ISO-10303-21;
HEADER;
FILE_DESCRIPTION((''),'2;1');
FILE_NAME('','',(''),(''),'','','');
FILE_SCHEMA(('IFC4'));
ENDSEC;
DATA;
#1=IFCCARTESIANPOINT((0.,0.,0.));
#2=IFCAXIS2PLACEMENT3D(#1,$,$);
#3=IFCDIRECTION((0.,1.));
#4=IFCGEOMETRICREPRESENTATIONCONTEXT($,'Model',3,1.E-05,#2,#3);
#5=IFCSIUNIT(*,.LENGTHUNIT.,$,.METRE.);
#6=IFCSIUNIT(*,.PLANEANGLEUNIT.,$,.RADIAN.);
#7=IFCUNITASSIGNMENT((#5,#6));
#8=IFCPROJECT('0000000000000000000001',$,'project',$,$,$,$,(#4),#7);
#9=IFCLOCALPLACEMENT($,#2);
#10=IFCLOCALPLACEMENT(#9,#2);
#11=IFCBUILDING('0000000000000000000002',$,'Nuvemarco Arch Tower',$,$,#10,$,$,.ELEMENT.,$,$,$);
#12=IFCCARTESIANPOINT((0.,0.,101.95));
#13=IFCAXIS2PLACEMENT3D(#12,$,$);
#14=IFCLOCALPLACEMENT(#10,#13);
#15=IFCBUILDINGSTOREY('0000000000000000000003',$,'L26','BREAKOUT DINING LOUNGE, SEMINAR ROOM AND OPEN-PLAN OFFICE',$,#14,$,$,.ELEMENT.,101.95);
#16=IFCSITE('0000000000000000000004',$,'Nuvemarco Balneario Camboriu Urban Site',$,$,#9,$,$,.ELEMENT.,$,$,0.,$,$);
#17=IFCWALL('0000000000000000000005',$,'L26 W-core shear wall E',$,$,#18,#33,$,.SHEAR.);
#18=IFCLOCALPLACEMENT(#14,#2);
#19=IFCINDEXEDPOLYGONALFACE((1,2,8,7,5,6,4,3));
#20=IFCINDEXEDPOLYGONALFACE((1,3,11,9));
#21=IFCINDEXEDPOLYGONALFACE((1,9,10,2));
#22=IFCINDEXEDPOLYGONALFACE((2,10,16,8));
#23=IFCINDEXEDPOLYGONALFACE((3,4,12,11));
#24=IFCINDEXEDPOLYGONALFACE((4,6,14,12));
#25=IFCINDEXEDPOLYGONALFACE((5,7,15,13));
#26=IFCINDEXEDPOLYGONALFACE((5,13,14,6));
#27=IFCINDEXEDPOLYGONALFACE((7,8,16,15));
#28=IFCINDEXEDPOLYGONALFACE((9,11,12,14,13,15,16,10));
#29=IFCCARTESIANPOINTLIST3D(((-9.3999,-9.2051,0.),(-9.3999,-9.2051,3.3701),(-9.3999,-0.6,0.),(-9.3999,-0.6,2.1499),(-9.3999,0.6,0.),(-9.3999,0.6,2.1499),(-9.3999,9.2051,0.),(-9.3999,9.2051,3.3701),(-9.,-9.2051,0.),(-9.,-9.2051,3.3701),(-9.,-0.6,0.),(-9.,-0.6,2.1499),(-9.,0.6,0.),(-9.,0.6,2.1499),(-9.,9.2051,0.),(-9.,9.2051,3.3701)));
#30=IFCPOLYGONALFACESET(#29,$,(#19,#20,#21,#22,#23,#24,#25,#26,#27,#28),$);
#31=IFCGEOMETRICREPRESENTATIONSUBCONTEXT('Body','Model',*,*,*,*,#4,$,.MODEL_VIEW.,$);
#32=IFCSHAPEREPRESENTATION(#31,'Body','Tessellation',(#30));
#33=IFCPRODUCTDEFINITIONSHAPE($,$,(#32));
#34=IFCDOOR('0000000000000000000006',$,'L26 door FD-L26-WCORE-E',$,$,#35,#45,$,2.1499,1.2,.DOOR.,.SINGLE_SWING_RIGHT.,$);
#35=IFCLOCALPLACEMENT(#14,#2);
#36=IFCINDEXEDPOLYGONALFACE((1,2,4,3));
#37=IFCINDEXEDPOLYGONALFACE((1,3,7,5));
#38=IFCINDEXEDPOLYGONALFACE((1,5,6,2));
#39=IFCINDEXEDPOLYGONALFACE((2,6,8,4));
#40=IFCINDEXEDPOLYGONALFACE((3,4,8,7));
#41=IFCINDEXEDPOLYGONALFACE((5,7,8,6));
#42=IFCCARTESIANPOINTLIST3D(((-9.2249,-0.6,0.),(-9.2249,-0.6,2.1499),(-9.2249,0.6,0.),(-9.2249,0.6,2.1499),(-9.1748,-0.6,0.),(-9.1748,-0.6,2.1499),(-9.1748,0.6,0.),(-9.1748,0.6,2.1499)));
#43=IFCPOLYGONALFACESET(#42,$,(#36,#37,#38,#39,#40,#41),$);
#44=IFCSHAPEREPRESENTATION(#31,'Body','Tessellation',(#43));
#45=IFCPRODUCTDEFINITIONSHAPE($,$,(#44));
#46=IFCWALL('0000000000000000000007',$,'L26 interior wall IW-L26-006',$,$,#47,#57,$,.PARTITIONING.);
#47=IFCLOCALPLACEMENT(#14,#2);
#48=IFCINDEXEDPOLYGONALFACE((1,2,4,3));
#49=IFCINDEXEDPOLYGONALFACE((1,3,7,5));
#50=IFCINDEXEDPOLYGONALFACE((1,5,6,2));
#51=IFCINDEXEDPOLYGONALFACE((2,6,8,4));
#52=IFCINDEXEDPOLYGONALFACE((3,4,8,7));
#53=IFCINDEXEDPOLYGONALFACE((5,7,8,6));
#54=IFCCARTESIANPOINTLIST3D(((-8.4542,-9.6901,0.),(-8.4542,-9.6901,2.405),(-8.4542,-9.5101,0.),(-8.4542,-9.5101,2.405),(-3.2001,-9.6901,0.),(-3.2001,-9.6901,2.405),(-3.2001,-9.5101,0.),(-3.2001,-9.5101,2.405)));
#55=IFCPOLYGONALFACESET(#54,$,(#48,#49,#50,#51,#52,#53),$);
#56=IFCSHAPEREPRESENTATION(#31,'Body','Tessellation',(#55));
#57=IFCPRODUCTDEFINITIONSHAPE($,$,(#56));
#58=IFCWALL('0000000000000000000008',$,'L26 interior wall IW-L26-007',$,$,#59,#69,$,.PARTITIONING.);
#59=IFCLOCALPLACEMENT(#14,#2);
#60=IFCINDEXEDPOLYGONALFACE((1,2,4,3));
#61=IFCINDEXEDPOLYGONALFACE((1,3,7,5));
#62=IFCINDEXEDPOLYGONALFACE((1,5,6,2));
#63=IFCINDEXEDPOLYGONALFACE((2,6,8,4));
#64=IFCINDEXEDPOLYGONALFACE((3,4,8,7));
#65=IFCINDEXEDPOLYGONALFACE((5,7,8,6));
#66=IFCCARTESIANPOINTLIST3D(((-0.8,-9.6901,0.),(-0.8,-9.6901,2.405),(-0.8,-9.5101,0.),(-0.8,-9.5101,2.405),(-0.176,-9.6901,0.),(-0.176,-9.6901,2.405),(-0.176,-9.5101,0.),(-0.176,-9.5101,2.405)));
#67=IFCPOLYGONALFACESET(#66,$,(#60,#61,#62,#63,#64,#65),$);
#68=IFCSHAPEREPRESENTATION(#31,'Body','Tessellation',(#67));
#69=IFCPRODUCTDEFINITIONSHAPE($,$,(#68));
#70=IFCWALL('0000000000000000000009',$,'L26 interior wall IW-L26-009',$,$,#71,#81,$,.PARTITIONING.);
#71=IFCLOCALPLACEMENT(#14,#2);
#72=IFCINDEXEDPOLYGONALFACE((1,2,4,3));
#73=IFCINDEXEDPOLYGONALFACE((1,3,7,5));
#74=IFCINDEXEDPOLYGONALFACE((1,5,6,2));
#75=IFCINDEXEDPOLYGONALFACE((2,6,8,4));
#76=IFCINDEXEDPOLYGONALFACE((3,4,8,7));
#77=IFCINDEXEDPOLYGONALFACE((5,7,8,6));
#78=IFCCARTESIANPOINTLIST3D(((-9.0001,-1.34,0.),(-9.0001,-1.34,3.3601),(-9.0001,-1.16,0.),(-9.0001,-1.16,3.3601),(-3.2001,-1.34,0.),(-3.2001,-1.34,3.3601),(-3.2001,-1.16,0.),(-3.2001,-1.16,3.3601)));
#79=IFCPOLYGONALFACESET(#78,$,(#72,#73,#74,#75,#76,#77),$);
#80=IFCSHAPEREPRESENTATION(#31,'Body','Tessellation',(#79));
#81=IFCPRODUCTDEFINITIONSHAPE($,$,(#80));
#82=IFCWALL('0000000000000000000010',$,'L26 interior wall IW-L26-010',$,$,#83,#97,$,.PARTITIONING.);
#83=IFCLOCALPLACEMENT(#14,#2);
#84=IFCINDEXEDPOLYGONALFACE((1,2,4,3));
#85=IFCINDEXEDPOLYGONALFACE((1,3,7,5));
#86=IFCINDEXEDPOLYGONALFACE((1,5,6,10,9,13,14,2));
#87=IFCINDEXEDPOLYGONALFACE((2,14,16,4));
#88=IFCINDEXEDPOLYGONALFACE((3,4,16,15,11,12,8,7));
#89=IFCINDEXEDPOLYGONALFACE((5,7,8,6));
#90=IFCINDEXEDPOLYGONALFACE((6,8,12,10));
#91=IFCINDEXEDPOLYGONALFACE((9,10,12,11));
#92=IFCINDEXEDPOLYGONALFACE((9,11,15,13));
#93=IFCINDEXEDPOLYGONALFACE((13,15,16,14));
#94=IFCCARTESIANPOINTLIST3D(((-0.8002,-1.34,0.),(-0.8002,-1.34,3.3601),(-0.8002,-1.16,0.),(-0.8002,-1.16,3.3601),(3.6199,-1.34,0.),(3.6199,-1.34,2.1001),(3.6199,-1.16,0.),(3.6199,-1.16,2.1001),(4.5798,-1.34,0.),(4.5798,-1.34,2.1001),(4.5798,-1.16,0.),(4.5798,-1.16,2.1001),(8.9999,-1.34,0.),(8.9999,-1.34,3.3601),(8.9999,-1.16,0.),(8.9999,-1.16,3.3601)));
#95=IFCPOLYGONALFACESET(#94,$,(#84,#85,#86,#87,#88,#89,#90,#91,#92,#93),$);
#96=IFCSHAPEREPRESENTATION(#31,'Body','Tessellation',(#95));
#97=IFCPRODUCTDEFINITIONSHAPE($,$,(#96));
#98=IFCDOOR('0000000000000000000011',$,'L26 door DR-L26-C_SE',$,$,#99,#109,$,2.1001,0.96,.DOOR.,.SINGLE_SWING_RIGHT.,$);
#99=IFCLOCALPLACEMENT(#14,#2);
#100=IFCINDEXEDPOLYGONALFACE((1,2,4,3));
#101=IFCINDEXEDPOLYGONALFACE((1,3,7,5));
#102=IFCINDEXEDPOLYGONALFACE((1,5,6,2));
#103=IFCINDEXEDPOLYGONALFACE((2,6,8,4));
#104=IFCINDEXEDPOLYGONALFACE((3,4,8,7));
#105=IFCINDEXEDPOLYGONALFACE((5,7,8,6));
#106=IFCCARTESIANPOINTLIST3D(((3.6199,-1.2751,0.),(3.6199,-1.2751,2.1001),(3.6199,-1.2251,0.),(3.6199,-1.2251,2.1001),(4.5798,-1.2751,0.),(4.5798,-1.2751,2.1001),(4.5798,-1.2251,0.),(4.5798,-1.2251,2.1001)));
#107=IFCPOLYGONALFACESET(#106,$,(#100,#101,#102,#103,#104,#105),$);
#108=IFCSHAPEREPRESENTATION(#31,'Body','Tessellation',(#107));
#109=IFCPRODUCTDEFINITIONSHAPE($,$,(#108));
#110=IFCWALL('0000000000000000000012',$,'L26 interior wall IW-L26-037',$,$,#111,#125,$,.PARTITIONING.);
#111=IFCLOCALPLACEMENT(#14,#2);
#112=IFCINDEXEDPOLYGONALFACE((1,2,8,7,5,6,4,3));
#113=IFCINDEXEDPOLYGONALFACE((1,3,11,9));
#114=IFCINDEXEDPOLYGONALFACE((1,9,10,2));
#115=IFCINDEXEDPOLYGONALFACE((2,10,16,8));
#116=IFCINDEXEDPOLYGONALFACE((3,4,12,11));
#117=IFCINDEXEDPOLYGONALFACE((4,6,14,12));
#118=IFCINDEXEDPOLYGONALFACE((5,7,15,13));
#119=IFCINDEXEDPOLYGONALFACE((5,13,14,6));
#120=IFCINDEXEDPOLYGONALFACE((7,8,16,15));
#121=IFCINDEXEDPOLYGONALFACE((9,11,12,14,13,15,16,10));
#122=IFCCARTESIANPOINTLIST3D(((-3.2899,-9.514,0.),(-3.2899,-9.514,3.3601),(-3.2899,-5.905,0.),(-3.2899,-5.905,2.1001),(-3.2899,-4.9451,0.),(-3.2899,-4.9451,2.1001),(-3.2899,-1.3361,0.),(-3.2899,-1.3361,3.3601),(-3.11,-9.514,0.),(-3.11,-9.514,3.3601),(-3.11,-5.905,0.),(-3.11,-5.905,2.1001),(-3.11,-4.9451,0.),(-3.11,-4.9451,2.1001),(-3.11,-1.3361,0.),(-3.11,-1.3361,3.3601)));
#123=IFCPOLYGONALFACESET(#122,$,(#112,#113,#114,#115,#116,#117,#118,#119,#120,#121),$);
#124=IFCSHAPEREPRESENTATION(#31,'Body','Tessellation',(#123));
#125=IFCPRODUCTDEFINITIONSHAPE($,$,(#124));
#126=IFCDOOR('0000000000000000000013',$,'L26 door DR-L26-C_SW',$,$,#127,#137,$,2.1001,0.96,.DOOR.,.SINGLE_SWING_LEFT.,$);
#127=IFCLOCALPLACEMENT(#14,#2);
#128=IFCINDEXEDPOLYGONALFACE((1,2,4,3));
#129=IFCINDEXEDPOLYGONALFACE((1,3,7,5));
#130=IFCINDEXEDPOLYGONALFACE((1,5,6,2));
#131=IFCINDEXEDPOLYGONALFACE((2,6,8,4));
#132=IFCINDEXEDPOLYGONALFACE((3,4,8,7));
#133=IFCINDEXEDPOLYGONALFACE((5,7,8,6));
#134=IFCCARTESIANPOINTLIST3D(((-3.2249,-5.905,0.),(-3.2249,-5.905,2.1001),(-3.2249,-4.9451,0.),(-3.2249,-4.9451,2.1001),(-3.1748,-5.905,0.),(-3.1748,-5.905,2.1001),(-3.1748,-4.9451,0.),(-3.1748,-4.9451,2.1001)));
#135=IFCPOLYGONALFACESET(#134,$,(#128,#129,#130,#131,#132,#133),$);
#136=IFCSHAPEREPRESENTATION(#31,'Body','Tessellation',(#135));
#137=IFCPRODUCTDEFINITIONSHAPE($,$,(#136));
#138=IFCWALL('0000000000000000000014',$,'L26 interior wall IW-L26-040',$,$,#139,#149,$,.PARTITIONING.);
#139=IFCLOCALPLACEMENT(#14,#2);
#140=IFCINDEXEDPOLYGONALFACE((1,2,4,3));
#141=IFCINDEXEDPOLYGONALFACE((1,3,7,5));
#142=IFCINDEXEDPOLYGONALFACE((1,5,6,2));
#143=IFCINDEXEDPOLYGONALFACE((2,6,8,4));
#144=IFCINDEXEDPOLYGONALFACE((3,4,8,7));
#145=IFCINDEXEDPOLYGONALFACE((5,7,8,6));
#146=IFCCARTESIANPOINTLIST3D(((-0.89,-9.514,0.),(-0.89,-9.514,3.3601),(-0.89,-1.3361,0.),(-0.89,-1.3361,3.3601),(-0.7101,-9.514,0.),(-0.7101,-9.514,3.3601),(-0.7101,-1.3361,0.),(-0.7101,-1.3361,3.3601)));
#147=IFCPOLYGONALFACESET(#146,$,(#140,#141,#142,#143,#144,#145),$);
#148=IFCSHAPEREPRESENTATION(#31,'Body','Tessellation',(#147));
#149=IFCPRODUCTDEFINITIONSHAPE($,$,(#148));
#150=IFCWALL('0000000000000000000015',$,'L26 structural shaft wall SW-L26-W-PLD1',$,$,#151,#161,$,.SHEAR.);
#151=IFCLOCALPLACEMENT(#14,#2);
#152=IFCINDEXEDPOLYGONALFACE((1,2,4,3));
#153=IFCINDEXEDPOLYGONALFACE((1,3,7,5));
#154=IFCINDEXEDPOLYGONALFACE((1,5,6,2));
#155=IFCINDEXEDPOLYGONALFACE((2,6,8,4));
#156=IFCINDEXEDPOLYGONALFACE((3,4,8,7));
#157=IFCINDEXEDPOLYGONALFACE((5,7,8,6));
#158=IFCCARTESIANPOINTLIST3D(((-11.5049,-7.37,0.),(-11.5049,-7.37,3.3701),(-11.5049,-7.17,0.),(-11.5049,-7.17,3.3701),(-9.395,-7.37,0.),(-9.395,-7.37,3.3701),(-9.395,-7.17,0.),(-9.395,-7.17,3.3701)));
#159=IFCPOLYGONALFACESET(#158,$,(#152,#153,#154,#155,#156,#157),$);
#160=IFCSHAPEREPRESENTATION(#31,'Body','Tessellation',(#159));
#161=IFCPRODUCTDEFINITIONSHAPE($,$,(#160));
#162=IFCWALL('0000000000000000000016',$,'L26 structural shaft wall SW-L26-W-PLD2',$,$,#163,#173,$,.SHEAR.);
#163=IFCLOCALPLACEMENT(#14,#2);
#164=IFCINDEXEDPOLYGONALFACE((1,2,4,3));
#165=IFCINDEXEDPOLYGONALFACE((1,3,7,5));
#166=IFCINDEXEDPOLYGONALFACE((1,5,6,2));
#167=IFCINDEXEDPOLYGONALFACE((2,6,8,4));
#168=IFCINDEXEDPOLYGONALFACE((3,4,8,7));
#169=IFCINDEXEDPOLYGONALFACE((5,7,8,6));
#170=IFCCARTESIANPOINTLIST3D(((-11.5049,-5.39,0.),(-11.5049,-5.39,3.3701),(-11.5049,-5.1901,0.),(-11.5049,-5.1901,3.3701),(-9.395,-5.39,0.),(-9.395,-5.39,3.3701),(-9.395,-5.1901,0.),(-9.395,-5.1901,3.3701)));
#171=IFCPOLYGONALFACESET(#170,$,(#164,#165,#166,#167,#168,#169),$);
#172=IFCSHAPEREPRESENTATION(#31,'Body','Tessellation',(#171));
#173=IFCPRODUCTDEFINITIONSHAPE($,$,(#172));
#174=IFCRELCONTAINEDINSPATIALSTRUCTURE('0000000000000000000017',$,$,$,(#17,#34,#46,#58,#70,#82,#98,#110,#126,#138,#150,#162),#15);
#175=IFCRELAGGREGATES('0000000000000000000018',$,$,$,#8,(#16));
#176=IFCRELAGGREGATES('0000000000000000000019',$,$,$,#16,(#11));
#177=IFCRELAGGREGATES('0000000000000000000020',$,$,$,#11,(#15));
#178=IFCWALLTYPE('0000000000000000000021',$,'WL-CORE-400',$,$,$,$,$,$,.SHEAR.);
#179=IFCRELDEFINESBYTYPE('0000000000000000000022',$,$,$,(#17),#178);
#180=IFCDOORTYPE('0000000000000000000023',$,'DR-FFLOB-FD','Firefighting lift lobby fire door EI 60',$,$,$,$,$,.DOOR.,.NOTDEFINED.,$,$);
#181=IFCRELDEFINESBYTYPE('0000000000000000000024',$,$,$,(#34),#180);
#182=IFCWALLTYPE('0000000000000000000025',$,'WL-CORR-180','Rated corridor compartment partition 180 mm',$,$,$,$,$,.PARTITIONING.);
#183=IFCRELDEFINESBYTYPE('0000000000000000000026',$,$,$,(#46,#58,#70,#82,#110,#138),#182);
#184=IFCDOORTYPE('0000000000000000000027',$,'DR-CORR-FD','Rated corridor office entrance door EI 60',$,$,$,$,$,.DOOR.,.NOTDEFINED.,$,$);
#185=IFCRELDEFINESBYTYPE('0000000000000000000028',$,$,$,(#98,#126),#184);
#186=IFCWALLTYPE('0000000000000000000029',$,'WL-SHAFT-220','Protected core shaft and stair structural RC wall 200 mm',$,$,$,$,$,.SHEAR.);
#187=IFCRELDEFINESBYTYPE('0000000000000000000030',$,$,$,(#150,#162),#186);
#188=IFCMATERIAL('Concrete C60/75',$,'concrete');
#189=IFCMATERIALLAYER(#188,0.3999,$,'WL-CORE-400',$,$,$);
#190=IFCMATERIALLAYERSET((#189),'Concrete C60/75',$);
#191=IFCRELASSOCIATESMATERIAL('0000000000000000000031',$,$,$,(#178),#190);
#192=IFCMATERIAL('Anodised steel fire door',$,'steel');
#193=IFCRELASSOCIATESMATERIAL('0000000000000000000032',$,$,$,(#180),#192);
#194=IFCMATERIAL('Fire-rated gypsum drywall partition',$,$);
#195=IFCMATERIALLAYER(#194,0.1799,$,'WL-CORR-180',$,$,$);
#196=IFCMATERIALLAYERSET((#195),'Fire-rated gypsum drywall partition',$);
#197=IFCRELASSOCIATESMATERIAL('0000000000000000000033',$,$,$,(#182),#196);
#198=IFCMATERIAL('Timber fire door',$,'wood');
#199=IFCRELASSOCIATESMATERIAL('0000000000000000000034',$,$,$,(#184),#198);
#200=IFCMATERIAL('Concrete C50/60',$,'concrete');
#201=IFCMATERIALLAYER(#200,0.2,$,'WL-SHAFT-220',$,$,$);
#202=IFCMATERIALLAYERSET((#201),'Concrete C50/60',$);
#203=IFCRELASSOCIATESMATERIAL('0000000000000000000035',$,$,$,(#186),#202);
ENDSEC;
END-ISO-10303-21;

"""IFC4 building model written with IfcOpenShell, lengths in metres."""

from ifc_helpers import new_model, si_unit, direction, frame, frame_2d, origin, place, context, subcontext, project, spatial, rectangle, extrude, source, transform, mapped, material, layer, layer_set, type_object, type_shapes, element, fill, save


model = new_model("IFC4")

# Units and contexts
model_context = context("Model", 3, precision=1e-05, world=origin(), true_north=direction((0.0, 1.0)))
body_context = subcontext(model_context, "Body", "Model", "MODEL_VIEW")
ifc_project = project(units=[si_unit("LENGTHUNIT", "METRE"), si_unit("PLANEANGLEUNIT", "RADIAN")], contexts=[model_context])

# Site, building, storey
site_placement = place(None, origin())
site = spatial("IfcSite", under=ifc_project, at=site_placement, Name="Nuvemarco Balneario Camboriu Urban Site", CompositionType="ELEMENT", RefElevation=0.0)
building_placement = place(site_placement, origin())
building = spatial("IfcBuilding", under=site, at=building_placement, Name="Nuvemarco Arch Tower", CompositionType="ELEMENT")
storey_placement = place(building_placement, frame((0.0, 0.0, 101.95)))
storey = spatial("IfcBuildingStorey", under=building, at=storey_placement, Name="L26", Description="BREAKOUT DINING LOUNGE, SEMINAR ROOM AND OPEN-PLAN OFFICE", CompositionType="ELEMENT", Elevation=101.95)

# Shared definitions
ifc_material_1 = material(Name="Concrete C60/75", Category="concrete")

# Wall, opening, door
ifc_layer_1 = layer(ifc_material_1, 0.3999, Name="WL-CORE-400")
ifc_layer_set_1 = layer_set([ifc_layer_1], Name="Concrete C60/75")
wall_type_1 = type_object("IfcWallType", Name="WL-CORE-400", PredefinedType="SHEAR", material=ifc_layer_set_1)
wall_1_placement = place(storey_placement, frame((-9.2, -9.2051, 0.0), z_axis=(0.0, 0.0, 1.0), x_axis=(0.0, 1.0, 0.0)))
wall_1 = element("IfcWall", 1, at=wall_1_placement, inside=storey, type_object=wall_type_1, Name="L26 W-core shear wall E", PredefinedType="SHEAR", context=body_context, shape_type="SweptSolid", body=[
    extrude(rectangle(XDim=18.4102, YDim=0.3999, at=frame_2d((9.2051, 0.0))), origin(), (0.0, 0.0, 1.0), 3.3701),
])
opening_1_placement = place(wall_1_placement, frame((8.605, 0.0, 0.0)))
opening_1 = element("IfcOpeningElement", 2, at=opening_1_placement, cuts=wall_1, PredefinedType="OPENING", context=body_context, shape_type="SweptSolid", body=[
    extrude(rectangle(XDim=1.2, YDim=2.1499, at=frame_2d((0.6001, 1.075))), frame((0.0, 0.21, 0.0), z_axis=(0.0, -1.0, 0.0), x_axis=(1.0, 0.0, 0.0)), (0.0, 0.0, 1.0), 0.4199),
])
ifc_material_2 = material(Name="Anodised steel fire door", Category="steel")
door_type_1 = type_object("IfcDoorType", Name="DR-FFLOB-FD", Description="Firefighting lift lobby fire door EI 60", OperationType="NOTDEFINED", PredefinedType="DOOR", material=ifc_material_2)
shared_shape_1 = source(origin(), body_context, "Body", "SweptSolid", [
    extrude(rectangle(XDim=1.2, YDim=2.1499, at=frame_2d((0.6001, 1.075))), frame((0.0, 0.0249, 0.0), z_axis=(0.0, -1.0, 0.0), x_axis=(1.0, 0.0, 0.0)), (0.0, 0.0, 1.0), 0.05),
])
type_shapes(door_type_1, [shared_shape_1])
door_1_placement = place(opening_1_placement, origin())
door_1 = element("IfcDoor", 3, at=door_1_placement, inside=storey, type_object=door_type_1, Name="L26 door FD-L26-WCORE-E", OperationType="SINGLE_SWING_RIGHT", OverallHeight=2.1499, OverallWidth=1.2, PredefinedType="DOOR", context=body_context, shape_type="MappedRepresentation", body=[
    mapped(shared_shape_1, transform((0.0, 0.0, 0.0), scale=1.0)),
])
fill(opening_1, door_1)

# Walls
ifc_material_3 = material(Name="Fire-rated gypsum drywall partition")
ifc_layer_2 = layer(ifc_material_3, 0.1799, Name="WL-CORR-180")
ifc_layer_set_2 = layer_set([ifc_layer_2], Name="Fire-rated gypsum drywall partition")
wall_type_2 = type_object("IfcWallType", Name="WL-CORR-180", Description="Rated corridor compartment partition 180 mm", PredefinedType="PARTITIONING", material=ifc_layer_set_2)
wall_2_placement = place(storey_placement, frame((-8.4541, -9.6001, 0.0), z_axis=(0.0, 0.0, 1.0), x_axis=(1.0, 0.0, 0.0)))
element("IfcWall", 4, at=wall_2_placement, inside=storey, type_object=wall_type_2, Name="L26 interior wall IW-L26-006", PredefinedType="PARTITIONING", context=body_context, shape_type="SweptSolid", body=[
    extrude(rectangle(XDim=5.2542, YDim=0.1799, at=frame_2d((2.627, 0.0))), origin(), (0.0, 0.0, 1.0), 2.405),
])
wall_3_placement = place(storey_placement, frame((-0.8, -9.6001, 0.0), z_axis=(0.0, 0.0, 1.0), x_axis=(1.0, 0.0, 0.0)))
element("IfcWall", 5, at=wall_3_placement, inside=storey, type_object=wall_type_2, Name="L26 interior wall IW-L26-007", PredefinedType="PARTITIONING", context=body_context, shape_type="SweptSolid", body=[
    extrude(rectangle(XDim=0.624, YDim=0.1799, at=frame_2d((0.312, 0.0))), origin(), (0.0, 0.0, 1.0), 2.405),
])
wall_4_placement = place(storey_placement, frame((-9.0, -1.25, 0.0), z_axis=(0.0, 0.0, 1.0), x_axis=(1.0, 0.0, 0.0)))
element("IfcWall", 6, at=wall_4_placement, inside=storey, type_object=wall_type_2, Name="L26 interior wall IW-L26-009", PredefinedType="PARTITIONING", context=body_context, shape_type="SweptSolid", body=[
    extrude(rectangle(XDim=5.8, YDim=0.1799, at=frame_2d((2.8999, 0.0))), origin(), (0.0, 0.0, 1.0), 3.3601),
])

# Walls, openings, doors
wall_5_placement = place(storey_placement, frame((-0.8, -1.25, 0.0), z_axis=(0.0, 0.0, 1.0), x_axis=(1.0, 0.0, 0.0)))
wall_5 = element("IfcWall", 7, at=wall_5_placement, inside=storey, type_object=wall_type_2, Name="L26 interior wall IW-L26-010", PredefinedType="PARTITIONING", context=body_context, shape_type="SweptSolid", body=[
    extrude(rectangle(XDim=9.8, YDim=0.1799, at=frame_2d((4.8999, 0.0))), origin(), (0.0, 0.0, 1.0), 3.3601),
])
opening_2_placement = place(wall_5_placement, frame((4.4199, 0.0, 0.0)))
opening_2 = element("IfcOpeningElement", 8, at=opening_2_placement, cuts=wall_5, PredefinedType="OPENING", context=body_context, shape_type="SweptSolid", body=[
    extrude(rectangle(XDim=0.96, YDim=2.1001, at=frame_2d((0.48, 1.05))), frame((0.0, 0.0999, 0.0), z_axis=(0.0, -1.0, 0.0), x_axis=(1.0, 0.0, 0.0)), (0.0, 0.0, 1.0), 0.2),
])
ifc_material_4 = material(Name="Timber fire door", Category="wood")
door_type_2 = type_object("IfcDoorType", Name="DR-CORR-FD", Description="Rated corridor office entrance door EI 60", OperationType="NOTDEFINED", PredefinedType="DOOR", material=ifc_material_4)
shared_shape_2 = source(origin(), body_context, "Body", "SweptSolid", [
    extrude(rectangle(XDim=0.96, YDim=2.1001, at=frame_2d((0.48, 1.05))), frame((0.0, 0.0249, 0.0), z_axis=(0.0, -1.0, 0.0), x_axis=(1.0, 0.0, 0.0)), (0.0, 0.0, 1.0), 0.05),
])
type_shapes(door_type_2, [shared_shape_2])
door_2_placement = place(opening_2_placement, origin())
door_2 = element("IfcDoor", 9, at=door_2_placement, inside=storey, type_object=door_type_2, Name="L26 door DR-L26-C_SE", OperationType="SINGLE_SWING_RIGHT", OverallHeight=2.1001, OverallWidth=0.96, PredefinedType="DOOR", context=body_context, shape_type="MappedRepresentation", body=[
    mapped(shared_shape_2, transform((0.0, 0.0, 0.0), scale=1.0)),
])
fill(opening_2, door_2)
wall_6_placement = place(storey_placement, frame((-3.2, -9.5139, 0.0), z_axis=(0.0, 0.0, 1.0), x_axis=(0.0, 1.0, 0.0)))
wall_6 = element("IfcWall", 10, at=wall_6_placement, inside=storey, type_object=wall_type_2, Name="L26 interior wall IW-L26-037", PredefinedType="PARTITIONING", context=body_context, shape_type="SweptSolid", body=[
    extrude(rectangle(XDim=8.178, YDim=0.1799, at=frame_2d((4.0889, 0.0))), origin(), (0.0, 0.0, 1.0), 3.3601),
])
opening_3_placement = place(wall_6_placement, frame((3.6089, 0.0, 0.0)))
opening_3 = element("IfcOpeningElement", 11, at=opening_3_placement, cuts=wall_6, PredefinedType="OPENING", context=body_context, shape_type="SweptSolid", body=[
    extrude(rectangle(XDim=0.96, YDim=2.1001, at=frame_2d((0.48, 1.05))), frame((0.0, 0.0999, 0.0), z_axis=(0.0, -1.0, 0.0), x_axis=(1.0, 0.0, 0.0)), (0.0, 0.0, 1.0), 0.2),
])
door_3_placement = place(opening_3_placement, origin())
door_3 = element("IfcDoor", 12, at=door_3_placement, inside=storey, type_object=door_type_2, Name="L26 door DR-L26-C_SW", OperationType="SINGLE_SWING_LEFT", OverallHeight=2.1001, OverallWidth=0.96, PredefinedType="DOOR", context=body_context, shape_type="MappedRepresentation", body=[
    mapped(shared_shape_2, transform((0.0, 0.0, 0.0), scale=1.0)),
])
fill(opening_3, door_3)

# Wall
wall_7_placement = place(storey_placement, frame((-0.8, -9.5139, 0.0), z_axis=(0.0, 0.0, 1.0), x_axis=(0.0, 1.0, 0.0)))
element("IfcWall", 13, at=wall_7_placement, inside=storey, type_object=wall_type_2, Name="L26 interior wall IW-L26-040", PredefinedType="PARTITIONING", context=body_context, shape_type="SweptSolid", body=[
    extrude(rectangle(XDim=8.178, YDim=0.1799, at=frame_2d((4.0889, 0.0))), origin(), (0.0, 0.0, 1.0), 3.3601),
])

# Shared definitions
ifc_material_5 = material(Name="Concrete C50/60", Category="concrete")
ifc_layer_3 = layer(ifc_material_5, 0.2, Name="WL-SHAFT-220")
ifc_layer_set_3 = layer_set([ifc_layer_3], Name="Concrete C50/60")
wall_type_3 = type_object("IfcWallType", Name="WL-SHAFT-220", Description="Protected core shaft and stair structural RC wall 200 mm", PredefinedType="SHEAR", material=ifc_layer_set_3)

# Walls
for number, where, z_axis, x_axis, name in (
    (14, (-11.5049, -7.27, 0.0), (0.0, 0.0, 1.0), (1.0, 0.0, 0.0), "L26 structural shaft wall SW-L26-W-PLD1"),
    (15, (-11.5049, -5.29, 0.0), (0.0, 0.0, 1.0), (1.0, 0.0, 0.0), "L26 structural shaft wall SW-L26-W-PLD2"),
):
    element("IfcWall", number, at=place(storey_placement, frame(where, z_axis=z_axis, x_axis=x_axis)), inside=storey, type_object=wall_type_3, Name=name, PredefinedType="SHEAR", context=body_context, shape_type="SweptSolid", body=[
        extrude(rectangle(XDim=2.1099, YDim=0.2, at=frame_2d((1.0549, 0.0))), origin(), (0.0, 0.0, 1.0), 3.3701),
    ])

save(model, "model.ifc")
